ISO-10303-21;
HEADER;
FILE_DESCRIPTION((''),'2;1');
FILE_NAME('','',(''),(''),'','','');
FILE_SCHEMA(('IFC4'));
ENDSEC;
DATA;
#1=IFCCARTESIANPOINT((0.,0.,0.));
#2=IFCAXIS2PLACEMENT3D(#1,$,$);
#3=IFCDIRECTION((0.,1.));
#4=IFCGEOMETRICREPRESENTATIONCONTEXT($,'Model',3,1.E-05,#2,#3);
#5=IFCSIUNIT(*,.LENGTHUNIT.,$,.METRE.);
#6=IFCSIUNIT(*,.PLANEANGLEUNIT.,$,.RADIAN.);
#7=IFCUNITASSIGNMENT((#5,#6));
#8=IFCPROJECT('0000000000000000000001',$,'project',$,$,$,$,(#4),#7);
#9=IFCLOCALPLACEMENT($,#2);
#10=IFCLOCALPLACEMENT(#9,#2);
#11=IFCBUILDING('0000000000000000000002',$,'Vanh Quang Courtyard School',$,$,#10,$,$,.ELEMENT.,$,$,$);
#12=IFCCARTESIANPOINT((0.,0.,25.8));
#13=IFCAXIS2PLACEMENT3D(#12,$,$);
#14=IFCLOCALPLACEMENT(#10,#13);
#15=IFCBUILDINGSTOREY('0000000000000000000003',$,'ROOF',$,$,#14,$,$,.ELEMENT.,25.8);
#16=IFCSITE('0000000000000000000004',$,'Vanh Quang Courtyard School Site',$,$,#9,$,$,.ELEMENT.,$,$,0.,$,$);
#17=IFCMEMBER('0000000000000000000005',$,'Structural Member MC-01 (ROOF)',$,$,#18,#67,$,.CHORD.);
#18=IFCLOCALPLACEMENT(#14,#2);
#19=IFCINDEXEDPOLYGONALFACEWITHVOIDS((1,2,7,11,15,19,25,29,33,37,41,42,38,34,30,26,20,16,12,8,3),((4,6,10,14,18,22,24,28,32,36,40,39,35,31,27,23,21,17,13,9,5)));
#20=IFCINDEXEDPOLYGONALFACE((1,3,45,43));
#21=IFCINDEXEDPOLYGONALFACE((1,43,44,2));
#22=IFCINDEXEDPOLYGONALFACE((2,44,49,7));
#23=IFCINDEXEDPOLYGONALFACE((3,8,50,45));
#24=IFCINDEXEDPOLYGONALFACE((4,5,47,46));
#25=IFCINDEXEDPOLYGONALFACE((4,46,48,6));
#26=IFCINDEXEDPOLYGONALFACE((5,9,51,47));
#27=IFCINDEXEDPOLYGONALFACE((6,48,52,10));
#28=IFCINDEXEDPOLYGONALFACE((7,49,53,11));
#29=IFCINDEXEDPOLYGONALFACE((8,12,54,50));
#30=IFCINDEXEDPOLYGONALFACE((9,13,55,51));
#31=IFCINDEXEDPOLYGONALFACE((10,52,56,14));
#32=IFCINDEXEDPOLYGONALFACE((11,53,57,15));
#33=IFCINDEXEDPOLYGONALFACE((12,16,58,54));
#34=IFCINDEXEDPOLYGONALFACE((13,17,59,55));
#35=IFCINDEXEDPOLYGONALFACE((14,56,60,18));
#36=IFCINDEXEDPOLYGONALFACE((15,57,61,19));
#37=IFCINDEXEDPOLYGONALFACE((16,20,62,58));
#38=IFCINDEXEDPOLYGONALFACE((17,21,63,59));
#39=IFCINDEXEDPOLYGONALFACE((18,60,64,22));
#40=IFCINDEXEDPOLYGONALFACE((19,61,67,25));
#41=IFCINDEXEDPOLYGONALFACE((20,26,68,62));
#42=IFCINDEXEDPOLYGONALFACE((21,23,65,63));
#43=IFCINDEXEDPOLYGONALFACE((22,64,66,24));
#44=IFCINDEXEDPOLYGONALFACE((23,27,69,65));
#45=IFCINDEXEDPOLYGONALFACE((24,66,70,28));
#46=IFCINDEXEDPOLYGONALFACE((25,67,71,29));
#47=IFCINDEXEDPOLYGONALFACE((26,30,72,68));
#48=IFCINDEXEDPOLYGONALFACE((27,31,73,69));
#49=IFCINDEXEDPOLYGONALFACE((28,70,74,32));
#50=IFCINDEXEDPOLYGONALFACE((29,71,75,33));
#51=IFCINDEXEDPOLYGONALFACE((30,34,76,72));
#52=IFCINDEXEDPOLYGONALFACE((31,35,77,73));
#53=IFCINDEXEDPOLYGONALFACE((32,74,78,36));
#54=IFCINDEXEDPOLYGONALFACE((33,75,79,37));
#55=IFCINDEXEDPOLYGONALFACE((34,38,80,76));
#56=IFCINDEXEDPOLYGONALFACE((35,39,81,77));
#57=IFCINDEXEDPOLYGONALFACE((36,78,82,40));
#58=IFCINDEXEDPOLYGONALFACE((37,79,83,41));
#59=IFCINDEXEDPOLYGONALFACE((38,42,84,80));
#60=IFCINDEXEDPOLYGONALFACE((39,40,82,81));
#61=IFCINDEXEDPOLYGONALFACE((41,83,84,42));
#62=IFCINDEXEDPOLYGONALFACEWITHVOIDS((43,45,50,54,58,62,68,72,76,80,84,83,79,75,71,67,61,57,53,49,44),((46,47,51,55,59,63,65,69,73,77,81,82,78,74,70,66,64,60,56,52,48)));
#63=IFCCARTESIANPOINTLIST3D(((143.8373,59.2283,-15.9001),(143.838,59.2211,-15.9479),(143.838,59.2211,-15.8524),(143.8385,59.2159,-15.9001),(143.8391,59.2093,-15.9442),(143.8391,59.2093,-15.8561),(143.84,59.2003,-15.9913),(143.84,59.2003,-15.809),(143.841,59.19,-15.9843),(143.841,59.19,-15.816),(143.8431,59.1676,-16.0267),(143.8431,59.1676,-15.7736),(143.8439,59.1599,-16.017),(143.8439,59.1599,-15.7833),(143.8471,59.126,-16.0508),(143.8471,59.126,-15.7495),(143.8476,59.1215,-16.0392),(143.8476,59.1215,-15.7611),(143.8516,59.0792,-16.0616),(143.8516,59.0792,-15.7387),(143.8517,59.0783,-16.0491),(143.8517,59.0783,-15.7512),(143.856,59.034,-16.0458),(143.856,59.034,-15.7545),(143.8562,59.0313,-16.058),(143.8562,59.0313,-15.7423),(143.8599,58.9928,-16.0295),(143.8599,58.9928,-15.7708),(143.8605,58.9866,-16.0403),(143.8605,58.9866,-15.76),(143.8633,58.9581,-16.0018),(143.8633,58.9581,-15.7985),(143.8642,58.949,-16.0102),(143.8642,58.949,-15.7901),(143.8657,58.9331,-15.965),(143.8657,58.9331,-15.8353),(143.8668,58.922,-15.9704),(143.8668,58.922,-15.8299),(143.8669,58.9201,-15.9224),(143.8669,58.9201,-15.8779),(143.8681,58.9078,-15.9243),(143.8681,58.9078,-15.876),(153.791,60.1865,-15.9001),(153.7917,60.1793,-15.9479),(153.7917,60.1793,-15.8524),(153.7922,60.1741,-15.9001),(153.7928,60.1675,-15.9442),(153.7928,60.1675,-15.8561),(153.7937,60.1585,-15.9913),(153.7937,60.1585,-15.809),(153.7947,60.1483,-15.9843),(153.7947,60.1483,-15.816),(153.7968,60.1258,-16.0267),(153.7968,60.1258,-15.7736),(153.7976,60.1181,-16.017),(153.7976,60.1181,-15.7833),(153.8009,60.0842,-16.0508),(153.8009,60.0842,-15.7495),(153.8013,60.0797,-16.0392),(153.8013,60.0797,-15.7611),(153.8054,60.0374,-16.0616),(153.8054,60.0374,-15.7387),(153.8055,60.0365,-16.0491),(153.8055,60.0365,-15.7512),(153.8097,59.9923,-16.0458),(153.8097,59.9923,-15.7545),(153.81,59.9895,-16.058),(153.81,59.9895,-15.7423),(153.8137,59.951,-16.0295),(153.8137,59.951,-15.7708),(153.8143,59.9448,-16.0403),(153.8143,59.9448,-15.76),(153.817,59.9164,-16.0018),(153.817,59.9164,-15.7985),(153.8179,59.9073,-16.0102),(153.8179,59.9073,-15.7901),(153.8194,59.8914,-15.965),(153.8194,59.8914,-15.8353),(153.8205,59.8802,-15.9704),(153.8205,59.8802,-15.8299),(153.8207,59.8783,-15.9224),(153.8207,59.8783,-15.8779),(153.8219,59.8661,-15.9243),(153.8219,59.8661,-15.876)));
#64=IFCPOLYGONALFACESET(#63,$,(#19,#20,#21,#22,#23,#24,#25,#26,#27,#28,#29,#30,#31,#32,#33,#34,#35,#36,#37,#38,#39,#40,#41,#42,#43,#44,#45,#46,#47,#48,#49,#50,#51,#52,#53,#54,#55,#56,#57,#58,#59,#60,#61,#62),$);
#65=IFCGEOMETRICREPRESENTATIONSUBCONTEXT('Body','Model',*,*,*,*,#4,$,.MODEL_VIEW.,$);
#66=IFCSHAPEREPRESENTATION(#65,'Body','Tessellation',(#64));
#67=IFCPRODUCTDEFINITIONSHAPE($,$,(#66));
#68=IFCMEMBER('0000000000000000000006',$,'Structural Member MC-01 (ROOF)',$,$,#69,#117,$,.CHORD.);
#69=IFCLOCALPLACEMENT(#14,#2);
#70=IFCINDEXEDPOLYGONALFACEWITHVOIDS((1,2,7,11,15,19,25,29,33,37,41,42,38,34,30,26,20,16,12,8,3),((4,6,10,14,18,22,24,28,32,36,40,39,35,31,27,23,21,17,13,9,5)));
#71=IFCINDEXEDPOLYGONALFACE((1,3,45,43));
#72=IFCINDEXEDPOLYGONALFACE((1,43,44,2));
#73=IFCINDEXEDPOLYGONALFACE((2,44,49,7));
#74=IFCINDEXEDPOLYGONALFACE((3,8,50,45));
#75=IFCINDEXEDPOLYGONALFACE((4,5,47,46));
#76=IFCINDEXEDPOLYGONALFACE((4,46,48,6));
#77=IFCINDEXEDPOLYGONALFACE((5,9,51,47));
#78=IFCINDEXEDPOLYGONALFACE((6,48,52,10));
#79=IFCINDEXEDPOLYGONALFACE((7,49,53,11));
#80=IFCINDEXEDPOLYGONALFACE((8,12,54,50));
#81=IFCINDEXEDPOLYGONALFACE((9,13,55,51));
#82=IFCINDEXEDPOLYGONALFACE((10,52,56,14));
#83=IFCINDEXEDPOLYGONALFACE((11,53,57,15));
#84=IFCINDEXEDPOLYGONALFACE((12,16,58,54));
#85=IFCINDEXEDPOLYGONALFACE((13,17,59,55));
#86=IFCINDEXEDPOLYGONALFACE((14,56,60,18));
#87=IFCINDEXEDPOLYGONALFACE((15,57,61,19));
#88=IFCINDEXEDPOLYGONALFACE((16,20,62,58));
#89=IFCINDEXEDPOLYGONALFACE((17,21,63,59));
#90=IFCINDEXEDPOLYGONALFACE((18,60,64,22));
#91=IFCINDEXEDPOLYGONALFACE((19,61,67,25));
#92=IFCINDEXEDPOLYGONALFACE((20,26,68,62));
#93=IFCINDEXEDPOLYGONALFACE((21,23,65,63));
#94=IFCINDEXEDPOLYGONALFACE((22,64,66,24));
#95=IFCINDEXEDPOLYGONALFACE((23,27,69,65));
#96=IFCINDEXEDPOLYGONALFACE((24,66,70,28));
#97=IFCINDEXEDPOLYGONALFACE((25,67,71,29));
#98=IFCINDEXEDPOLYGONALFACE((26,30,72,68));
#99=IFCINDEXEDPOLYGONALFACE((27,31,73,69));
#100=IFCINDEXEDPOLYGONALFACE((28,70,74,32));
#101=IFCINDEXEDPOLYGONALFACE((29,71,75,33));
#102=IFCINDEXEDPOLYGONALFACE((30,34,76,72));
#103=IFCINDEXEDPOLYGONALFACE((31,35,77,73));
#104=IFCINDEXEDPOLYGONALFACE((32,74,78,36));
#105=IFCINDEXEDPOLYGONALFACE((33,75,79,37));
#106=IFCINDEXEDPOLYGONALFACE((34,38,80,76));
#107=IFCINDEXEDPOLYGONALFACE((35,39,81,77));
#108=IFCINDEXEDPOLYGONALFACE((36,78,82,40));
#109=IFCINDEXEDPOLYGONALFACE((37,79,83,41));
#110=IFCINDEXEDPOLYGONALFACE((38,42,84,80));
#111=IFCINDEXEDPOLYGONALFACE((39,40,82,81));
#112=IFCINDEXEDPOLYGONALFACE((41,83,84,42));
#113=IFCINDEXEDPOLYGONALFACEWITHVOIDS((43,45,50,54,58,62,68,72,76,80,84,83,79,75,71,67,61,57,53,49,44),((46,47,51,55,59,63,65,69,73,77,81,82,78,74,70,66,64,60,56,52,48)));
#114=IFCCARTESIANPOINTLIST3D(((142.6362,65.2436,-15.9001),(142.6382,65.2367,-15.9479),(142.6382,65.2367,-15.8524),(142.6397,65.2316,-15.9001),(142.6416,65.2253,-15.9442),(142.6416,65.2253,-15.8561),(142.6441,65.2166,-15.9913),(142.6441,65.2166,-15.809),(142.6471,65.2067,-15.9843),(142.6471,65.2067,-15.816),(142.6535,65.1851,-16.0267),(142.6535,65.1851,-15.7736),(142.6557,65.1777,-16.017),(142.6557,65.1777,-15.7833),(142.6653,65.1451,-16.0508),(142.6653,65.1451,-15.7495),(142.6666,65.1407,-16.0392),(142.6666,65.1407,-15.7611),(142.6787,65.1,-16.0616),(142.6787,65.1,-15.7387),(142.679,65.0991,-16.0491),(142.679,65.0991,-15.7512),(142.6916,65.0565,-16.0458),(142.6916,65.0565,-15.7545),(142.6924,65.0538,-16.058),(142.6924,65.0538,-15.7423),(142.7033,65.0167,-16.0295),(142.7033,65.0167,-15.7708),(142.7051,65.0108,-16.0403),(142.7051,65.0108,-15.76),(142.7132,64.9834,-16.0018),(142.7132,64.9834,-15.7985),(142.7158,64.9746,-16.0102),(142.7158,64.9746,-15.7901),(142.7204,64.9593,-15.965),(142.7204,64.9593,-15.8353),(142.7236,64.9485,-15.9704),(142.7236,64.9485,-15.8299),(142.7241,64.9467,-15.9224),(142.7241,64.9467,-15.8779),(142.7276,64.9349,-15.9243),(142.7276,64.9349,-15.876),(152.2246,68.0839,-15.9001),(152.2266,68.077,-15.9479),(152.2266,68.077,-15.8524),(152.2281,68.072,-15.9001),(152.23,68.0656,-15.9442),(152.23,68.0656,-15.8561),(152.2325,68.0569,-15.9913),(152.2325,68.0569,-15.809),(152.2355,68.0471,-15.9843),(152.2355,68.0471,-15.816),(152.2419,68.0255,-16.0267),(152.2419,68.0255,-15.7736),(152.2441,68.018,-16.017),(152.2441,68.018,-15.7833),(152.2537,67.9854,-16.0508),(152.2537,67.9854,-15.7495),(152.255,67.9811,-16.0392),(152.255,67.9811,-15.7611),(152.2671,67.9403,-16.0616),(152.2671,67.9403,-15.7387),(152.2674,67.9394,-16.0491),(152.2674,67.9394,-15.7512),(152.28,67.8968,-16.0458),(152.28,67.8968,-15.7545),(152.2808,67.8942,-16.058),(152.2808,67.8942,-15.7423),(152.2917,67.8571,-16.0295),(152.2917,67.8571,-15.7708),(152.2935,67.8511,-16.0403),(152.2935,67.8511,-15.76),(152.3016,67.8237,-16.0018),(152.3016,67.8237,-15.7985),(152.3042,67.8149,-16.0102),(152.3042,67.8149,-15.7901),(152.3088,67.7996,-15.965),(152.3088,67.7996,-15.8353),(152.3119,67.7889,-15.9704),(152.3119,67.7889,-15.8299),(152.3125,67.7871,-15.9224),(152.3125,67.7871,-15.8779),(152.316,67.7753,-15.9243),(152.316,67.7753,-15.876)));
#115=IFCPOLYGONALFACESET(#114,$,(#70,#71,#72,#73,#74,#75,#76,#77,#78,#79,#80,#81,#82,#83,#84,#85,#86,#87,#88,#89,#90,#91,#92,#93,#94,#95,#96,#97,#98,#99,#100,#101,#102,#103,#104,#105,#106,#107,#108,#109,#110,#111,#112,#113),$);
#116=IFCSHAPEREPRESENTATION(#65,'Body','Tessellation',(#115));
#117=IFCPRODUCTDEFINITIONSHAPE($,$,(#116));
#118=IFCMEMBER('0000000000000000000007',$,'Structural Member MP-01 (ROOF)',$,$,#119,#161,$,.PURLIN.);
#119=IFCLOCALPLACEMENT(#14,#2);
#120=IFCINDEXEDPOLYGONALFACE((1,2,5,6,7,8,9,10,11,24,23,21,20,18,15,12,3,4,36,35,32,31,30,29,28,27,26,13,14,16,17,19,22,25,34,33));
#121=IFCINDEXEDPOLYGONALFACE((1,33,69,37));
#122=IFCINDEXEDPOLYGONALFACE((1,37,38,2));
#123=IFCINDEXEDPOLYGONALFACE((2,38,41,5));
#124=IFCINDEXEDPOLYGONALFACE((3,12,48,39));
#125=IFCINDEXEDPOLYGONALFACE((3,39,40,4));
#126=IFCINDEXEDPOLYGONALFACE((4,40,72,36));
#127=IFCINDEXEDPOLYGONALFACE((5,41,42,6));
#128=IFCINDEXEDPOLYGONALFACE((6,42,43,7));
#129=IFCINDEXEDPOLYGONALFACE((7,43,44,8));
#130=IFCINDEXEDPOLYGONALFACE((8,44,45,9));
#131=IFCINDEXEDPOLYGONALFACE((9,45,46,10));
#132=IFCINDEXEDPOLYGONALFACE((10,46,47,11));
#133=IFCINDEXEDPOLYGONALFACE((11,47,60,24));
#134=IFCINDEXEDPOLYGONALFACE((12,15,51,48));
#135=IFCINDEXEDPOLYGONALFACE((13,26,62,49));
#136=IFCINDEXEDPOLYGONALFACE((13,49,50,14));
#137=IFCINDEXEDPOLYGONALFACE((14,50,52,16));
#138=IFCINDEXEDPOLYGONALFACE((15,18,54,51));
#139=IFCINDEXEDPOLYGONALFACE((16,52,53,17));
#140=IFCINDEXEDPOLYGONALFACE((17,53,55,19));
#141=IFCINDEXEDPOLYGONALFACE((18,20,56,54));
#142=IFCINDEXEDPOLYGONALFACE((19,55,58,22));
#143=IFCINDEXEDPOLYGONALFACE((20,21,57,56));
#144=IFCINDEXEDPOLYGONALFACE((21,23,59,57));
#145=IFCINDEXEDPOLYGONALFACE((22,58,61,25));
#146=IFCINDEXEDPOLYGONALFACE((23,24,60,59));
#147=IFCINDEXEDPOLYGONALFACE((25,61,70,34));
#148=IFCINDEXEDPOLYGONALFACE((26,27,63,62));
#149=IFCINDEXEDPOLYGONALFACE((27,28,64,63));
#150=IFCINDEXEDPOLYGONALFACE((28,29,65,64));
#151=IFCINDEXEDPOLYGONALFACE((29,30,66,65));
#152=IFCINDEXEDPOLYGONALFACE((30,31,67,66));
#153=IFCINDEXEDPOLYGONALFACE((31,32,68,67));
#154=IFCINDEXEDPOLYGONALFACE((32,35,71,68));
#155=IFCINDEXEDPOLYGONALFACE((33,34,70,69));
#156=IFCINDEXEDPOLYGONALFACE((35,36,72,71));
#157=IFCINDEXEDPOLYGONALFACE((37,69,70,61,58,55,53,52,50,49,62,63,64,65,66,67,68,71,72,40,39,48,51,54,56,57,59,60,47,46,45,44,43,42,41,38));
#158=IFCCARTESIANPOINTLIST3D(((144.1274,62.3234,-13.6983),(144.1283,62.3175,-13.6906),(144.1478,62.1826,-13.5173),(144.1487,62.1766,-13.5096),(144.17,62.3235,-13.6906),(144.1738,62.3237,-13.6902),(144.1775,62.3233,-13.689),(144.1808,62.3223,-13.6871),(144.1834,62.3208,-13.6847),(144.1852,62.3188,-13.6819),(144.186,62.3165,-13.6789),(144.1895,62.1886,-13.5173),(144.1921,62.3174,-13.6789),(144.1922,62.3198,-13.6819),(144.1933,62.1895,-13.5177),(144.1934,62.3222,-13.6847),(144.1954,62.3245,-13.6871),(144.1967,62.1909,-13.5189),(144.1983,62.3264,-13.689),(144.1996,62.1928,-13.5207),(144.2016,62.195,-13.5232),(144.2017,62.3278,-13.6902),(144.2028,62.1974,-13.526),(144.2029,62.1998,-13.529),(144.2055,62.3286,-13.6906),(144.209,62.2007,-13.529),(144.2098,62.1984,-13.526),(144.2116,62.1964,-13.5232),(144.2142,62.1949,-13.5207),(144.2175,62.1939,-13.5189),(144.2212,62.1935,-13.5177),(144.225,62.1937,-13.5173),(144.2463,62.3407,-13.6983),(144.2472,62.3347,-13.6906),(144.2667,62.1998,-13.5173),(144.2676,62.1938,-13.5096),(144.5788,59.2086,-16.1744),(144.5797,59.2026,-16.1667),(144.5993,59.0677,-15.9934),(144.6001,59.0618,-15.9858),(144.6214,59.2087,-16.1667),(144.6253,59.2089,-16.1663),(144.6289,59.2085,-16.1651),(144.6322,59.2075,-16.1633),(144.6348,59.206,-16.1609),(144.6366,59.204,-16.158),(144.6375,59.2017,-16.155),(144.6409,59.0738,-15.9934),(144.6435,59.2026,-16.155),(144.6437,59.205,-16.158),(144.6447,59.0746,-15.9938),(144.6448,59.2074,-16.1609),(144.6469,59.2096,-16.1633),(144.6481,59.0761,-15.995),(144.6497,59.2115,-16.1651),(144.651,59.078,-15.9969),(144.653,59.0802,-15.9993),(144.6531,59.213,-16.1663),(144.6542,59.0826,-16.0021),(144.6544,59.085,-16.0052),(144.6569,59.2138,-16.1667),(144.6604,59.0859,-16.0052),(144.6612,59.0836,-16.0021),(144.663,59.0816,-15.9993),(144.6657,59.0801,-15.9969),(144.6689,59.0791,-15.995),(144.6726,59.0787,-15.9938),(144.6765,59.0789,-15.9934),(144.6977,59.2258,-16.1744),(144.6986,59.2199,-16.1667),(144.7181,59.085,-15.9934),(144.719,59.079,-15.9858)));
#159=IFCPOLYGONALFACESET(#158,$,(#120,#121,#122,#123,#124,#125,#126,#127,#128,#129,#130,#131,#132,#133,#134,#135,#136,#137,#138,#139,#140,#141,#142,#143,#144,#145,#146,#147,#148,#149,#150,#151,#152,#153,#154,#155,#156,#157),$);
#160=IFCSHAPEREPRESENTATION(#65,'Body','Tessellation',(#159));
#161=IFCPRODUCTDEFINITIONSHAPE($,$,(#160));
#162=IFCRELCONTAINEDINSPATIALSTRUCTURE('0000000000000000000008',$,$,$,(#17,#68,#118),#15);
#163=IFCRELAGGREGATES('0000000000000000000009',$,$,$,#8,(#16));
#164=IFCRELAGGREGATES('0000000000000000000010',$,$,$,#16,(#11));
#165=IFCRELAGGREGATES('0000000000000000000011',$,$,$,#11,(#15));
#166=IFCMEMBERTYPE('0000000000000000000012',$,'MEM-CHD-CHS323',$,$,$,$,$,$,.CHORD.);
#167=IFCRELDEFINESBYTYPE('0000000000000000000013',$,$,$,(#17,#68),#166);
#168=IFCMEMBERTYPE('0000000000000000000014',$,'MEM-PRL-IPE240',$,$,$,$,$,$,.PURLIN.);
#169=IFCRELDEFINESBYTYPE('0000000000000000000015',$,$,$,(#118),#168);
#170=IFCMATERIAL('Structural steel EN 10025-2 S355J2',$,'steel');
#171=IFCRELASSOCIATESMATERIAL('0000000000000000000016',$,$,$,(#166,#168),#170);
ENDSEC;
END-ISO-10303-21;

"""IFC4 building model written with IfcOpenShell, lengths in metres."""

from ifc_helpers import new_model, si_unit, direction, frame, origin, origin_2d, place, context, subcontext, project, spatial, hollow_circle, i_section, extrude, material, material_profile, profile_set, type_object, element, save


model = new_model("IFC4")

# Units and contexts
model_context = context("Model", 3, precision=1e-05, world=origin(), true_north=direction((0.0, 1.0)))
body_context = subcontext(model_context, "Body", "Model", "MODEL_VIEW")
ifc_project = project(units=[si_unit("LENGTHUNIT", "METRE"), si_unit("PLANEANGLEUNIT", "RADIAN")], contexts=[model_context])

# Site, building, storey
site_placement = place(None, origin())
site = spatial("IfcSite", under=ifc_project, at=site_placement, Name="Vanh Quang Courtyard School Site", CompositionType="ELEMENT", RefElevation=0.0)
building_placement = place(site_placement, origin())
building = spatial("IfcBuilding", under=site, at=building_placement, Name="Vanh Quang Courtyard School", CompositionType="ELEMENT")
storey_placement = place(building_placement, frame((0.0, 0.0, 25.8)))
storey = spatial("IfcBuildingStorey", under=building, at=storey_placement, Name="ROOF", CompositionType="ELEMENT", Elevation=25.8)

# Shared definitions
ifc_material_1 = material(Name="Structural steel EN 10025-2 S355J2", Category="steel")

# Members
ifc_material_profile_1 = material_profile(ifc_material_1, hollow_circle(Radius=0.1619, WallThickness=0.0125, at=origin_2d()), Name="CHS 323.9x12.5")
ifc_profile_set_1 = profile_set([ifc_material_profile_1], Name="Structural steel EN 10025-2 S355J2")
member_type_1 = type_object("IfcMemberType", Name="MEM-CHD-CHS323", PredefinedType="CHORD", material=ifc_profile_set_1)
member_1_placement = place(storey_placement, frame((143.8528, 59.0671, -15.9001), z_axis=(0.995398, 0.095826, 0.0), x_axis=(-0.095826, 0.995398, 0.0)))
element("IfcMember", 1, at=member_1_placement, inside=storey, type_object=member_type_1, Name="Structural Member MC-01 (ROOF)", PredefinedType="CHORD", context=body_context, shape_type="SweptSolid", body=[
    extrude(hollow_circle(Radius=0.1619, WallThickness=0.0125, at=origin_2d()), origin(), (0.0, 0.0, 1.0), 9.9998),
])
member_2_placement = place(storey_placement, frame((142.6821, 65.0884, -15.9001), z_axis=(0.958816, 0.284027, 0.0), x_axis=(-0.284027, 0.958816, 0.0)))
element("IfcMember", 2, at=member_2_placement, inside=storey, type_object=member_type_1, Name="Structural Member MC-01 (ROOF)", PredefinedType="CHORD", context=body_context, shape_type="SweptSolid", body=[
    extrude(hollow_circle(Radius=0.1619, WallThickness=0.0125, at=origin_2d()), origin(), (0.0, 0.0, 1.0), 10.0002),
])
ifc_material_profile_2 = material_profile(ifc_material_1, i_section(OverallWidth=0.1201, OverallDepth=0.24, WebThickness=0.0061, FlangeThickness=0.0098, FilletRadius=0.0149, at=origin_2d()), Name="IPE 240")
ifc_profile_set_2 = profile_set([ifc_material_profile_2], Name="Structural steel EN 10025-2 S355J2")
member_type_2 = type_object("IfcMemberType", Name="MEM-PRL-IPE240", PredefinedType="PURLIN", material=ifc_profile_set_2)
for number, where, z_axis, x_axis, name in (
    (3, (144.6489, 59.1438, -16.0801), (-0.112726, 0.777803, 0.618316), (-0.98966, -0.14343, 0.0), "Structural Member MP-01 (ROOF)"),
):
    element("IfcMember", number, at=place(storey_placement, frame(where, z_axis=z_axis, x_axis=x_axis)), inside=storey, type_object=member_type_2, Name=name, PredefinedType="PURLIN", context=body_context, shape_type="SweptSolid", body=[
        extrude(i_section(OverallWidth=0.1201, OverallDepth=0.24, WebThickness=0.0061, FlangeThickness=0.0098, FilletRadius=0.0149, at=origin_2d()), origin(), (0.0, 0.0, 1.0), 4.0046),
    ])

save(model, "model.ifc")
